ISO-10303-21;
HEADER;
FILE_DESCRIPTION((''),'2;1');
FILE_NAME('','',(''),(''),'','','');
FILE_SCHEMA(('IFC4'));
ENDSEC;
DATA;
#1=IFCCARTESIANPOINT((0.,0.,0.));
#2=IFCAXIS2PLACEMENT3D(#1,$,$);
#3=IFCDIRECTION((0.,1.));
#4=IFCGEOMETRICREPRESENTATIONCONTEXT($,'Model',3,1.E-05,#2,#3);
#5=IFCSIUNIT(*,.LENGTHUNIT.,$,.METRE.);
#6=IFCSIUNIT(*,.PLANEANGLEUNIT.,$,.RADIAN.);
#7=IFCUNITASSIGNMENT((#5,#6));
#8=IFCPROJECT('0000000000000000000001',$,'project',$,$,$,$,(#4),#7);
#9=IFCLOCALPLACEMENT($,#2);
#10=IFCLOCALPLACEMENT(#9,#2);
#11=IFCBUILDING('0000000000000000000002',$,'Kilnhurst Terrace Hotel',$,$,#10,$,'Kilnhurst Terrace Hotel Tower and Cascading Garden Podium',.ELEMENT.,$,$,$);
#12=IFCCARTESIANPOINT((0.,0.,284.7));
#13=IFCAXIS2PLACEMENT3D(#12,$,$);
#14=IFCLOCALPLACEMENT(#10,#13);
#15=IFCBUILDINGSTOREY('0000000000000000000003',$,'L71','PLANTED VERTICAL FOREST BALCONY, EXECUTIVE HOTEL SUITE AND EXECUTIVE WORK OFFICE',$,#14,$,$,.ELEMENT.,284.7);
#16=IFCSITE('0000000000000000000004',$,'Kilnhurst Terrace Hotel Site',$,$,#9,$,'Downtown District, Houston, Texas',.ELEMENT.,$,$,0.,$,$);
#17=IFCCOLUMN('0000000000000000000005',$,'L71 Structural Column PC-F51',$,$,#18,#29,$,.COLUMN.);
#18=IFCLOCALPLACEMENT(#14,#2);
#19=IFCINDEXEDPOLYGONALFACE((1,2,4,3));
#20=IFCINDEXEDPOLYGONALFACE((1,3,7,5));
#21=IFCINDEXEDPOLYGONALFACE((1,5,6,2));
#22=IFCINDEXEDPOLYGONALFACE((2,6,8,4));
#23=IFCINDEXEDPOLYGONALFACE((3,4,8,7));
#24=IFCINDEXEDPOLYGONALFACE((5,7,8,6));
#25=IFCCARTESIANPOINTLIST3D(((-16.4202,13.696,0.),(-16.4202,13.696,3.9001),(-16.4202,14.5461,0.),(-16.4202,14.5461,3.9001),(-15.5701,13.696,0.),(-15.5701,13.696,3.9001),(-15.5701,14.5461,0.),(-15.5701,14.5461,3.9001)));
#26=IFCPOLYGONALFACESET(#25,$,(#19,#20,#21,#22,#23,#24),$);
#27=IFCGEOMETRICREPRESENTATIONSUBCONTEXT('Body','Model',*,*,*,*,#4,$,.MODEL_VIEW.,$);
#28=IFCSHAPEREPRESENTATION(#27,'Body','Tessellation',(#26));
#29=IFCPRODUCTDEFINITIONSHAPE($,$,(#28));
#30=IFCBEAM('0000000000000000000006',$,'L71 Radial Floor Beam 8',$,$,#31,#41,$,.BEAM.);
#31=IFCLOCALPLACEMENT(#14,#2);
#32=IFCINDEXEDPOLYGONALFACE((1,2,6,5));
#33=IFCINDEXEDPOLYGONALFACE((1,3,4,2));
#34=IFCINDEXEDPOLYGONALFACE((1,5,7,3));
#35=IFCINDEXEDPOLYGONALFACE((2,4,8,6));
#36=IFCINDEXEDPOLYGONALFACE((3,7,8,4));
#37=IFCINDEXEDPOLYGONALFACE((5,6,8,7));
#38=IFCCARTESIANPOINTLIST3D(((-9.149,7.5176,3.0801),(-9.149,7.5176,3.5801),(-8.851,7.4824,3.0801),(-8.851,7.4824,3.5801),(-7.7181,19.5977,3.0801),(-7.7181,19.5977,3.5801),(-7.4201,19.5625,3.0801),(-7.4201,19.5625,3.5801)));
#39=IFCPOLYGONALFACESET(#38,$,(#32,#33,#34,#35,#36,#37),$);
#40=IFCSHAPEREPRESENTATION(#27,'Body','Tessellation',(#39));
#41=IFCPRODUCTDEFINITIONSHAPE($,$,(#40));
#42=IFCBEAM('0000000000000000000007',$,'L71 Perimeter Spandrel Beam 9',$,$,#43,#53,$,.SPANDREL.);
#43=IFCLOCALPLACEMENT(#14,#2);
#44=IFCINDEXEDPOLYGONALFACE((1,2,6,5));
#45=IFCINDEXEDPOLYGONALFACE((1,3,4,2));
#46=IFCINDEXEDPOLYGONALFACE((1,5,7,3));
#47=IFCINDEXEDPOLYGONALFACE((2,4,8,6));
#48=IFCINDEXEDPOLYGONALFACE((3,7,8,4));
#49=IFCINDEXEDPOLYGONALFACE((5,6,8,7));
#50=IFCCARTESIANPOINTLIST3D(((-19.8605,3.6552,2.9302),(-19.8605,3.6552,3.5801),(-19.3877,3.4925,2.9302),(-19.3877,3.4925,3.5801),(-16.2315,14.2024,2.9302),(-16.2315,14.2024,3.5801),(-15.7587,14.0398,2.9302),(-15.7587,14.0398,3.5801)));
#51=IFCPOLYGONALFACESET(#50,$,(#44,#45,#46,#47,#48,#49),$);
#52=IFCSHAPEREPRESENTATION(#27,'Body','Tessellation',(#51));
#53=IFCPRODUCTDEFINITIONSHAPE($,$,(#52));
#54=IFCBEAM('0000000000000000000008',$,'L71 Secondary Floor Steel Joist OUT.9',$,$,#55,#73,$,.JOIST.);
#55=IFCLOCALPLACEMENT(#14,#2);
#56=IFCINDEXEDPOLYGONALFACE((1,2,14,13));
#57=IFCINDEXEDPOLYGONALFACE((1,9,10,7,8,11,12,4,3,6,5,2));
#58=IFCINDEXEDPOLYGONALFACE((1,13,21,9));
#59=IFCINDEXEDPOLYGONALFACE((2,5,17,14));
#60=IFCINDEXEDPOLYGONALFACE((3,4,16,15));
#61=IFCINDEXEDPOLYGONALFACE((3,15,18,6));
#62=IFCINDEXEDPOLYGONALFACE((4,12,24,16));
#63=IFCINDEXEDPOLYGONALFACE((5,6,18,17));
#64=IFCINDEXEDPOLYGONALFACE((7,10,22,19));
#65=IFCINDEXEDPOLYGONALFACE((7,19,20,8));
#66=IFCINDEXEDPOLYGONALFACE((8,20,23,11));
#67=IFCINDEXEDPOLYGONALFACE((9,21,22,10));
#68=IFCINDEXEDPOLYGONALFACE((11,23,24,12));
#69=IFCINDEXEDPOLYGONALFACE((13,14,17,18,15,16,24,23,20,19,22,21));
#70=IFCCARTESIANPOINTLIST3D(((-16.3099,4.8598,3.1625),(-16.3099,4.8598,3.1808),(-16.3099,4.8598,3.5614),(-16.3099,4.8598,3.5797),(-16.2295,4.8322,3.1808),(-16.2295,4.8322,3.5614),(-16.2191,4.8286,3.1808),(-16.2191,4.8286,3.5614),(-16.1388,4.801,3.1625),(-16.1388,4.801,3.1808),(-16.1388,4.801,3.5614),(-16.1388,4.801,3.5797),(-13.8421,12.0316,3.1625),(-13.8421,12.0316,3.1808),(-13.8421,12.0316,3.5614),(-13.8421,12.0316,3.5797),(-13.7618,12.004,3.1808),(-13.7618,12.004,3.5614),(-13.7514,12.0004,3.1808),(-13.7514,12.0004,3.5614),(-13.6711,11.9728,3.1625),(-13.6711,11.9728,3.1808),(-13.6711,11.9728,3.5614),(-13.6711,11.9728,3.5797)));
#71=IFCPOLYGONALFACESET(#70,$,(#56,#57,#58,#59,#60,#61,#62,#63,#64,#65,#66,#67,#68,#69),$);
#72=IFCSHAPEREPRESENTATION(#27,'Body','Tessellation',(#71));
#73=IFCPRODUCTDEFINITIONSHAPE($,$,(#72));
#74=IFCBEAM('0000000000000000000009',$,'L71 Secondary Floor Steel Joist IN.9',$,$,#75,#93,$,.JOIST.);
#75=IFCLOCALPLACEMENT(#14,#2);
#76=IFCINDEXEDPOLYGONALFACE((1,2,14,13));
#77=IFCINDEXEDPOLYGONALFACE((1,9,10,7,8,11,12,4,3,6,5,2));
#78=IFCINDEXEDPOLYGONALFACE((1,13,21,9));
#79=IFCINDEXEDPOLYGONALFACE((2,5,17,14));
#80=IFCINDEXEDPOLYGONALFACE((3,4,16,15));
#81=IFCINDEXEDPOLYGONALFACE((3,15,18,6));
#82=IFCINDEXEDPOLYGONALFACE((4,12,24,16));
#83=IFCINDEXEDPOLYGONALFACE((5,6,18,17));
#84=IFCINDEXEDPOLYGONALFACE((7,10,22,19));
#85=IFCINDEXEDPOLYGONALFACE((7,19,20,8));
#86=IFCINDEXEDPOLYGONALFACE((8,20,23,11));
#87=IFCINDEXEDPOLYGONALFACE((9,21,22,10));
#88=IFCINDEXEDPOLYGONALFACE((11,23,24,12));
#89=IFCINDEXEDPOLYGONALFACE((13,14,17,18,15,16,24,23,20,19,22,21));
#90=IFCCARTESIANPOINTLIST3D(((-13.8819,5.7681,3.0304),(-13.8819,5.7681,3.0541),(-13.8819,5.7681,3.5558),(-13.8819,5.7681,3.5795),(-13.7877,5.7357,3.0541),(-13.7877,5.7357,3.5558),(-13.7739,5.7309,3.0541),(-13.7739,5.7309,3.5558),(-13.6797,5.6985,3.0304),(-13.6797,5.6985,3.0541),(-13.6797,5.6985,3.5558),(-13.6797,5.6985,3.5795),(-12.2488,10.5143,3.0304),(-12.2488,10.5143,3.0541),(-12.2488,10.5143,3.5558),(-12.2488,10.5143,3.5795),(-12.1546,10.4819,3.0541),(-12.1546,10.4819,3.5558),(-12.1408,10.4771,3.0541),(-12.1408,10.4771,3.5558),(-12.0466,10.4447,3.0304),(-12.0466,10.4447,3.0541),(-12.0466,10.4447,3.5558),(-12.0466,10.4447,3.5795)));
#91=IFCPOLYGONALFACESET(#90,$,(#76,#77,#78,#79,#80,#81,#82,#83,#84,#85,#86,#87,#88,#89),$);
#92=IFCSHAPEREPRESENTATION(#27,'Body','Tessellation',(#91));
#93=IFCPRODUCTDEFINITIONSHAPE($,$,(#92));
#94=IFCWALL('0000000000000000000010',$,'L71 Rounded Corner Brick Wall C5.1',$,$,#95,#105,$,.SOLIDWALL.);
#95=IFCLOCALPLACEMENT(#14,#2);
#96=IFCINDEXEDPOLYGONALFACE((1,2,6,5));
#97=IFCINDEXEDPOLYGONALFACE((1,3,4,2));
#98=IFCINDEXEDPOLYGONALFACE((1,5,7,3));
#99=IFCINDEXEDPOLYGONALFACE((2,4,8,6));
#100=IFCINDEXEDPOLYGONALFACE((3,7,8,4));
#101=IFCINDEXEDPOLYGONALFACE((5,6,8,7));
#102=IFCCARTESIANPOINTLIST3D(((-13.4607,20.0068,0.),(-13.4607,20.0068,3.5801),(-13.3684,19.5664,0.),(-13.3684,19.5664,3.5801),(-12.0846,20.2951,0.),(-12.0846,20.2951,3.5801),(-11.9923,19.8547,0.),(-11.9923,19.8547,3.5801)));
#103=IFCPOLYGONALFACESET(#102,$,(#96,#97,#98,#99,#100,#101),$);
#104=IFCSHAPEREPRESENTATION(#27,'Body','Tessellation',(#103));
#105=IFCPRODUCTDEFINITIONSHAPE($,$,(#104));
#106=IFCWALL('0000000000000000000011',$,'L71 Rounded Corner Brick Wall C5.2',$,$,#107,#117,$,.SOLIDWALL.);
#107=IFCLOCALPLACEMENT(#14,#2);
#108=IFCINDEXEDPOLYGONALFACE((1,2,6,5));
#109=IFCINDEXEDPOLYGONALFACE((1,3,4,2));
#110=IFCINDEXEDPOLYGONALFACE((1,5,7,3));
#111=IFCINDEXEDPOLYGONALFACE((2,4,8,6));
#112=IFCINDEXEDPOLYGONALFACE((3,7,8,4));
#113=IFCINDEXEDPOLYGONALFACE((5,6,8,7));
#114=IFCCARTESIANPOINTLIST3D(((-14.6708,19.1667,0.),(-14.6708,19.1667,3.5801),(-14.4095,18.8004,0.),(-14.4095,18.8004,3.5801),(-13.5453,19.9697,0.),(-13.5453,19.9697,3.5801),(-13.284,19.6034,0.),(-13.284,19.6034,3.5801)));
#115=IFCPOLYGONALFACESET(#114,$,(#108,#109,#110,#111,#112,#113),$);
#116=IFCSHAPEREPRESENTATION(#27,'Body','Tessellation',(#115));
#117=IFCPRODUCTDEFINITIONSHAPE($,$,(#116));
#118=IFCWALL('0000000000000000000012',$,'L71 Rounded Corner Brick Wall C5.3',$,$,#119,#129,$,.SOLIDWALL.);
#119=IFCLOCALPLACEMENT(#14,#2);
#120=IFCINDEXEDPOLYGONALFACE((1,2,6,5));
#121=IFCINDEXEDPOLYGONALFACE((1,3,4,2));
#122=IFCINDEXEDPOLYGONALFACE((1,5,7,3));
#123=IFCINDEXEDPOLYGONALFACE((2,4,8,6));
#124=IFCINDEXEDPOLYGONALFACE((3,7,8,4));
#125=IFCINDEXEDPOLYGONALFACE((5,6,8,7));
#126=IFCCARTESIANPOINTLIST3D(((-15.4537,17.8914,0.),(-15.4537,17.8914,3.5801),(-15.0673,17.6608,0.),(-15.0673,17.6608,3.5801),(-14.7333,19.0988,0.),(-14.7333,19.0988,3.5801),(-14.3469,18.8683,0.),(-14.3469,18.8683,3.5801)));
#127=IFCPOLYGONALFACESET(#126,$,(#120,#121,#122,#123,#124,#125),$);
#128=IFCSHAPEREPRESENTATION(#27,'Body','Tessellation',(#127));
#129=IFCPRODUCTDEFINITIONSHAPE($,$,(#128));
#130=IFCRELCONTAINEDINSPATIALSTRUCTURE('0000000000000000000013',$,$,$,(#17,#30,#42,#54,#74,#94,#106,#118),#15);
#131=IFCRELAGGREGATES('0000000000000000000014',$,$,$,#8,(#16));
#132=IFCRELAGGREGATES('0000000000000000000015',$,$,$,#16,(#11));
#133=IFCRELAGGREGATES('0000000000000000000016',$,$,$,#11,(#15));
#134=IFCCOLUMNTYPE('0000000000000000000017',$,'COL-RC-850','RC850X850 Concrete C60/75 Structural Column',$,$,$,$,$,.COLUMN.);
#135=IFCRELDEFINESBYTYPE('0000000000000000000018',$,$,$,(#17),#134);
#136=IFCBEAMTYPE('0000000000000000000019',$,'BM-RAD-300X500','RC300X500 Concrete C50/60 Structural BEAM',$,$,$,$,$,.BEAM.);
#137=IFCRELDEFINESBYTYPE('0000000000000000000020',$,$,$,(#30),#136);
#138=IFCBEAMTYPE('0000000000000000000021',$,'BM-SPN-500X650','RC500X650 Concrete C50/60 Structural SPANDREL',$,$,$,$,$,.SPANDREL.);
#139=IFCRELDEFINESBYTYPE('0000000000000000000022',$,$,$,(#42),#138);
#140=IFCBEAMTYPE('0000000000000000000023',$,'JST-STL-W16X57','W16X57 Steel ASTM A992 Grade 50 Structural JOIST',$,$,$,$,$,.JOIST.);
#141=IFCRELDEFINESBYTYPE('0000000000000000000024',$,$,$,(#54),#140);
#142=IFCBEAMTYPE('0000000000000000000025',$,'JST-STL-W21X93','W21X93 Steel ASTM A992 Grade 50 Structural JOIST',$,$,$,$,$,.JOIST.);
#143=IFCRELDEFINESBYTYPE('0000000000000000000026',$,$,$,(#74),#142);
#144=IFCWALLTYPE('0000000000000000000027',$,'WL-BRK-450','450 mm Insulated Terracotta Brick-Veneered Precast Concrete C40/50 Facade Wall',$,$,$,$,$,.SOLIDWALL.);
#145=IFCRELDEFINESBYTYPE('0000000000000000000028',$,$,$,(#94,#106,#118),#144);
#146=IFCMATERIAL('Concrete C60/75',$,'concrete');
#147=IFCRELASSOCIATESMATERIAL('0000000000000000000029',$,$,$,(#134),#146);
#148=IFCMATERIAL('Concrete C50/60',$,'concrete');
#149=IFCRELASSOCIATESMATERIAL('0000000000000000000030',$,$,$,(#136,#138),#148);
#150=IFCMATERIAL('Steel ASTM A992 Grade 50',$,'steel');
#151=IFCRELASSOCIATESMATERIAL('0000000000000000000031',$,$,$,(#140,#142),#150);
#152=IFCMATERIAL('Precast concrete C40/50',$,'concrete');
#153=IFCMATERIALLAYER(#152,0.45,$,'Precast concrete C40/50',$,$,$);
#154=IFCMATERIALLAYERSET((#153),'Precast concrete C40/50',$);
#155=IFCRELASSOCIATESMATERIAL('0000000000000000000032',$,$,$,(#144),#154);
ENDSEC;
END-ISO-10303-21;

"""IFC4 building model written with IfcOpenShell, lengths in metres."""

from ifc_helpers import new_model, si_unit, direction, frame, frame_2d, origin, origin_2d, place, context, subcontext, project, spatial, rectangle, i_section, extrude, material, layer, layer_set, material_profile, profile_set, type_object, element, save


model = new_model("IFC4")

# Units and contexts
model_context = context("Model", 3, precision=1e-05, world=origin(), true_north=direction((0.0, 1.0)))
body_context = subcontext(model_context, "Body", "Model", "MODEL_VIEW")
ifc_project = project(units=[si_unit("LENGTHUNIT", "METRE"), si_unit("PLANEANGLEUNIT", "RADIAN")], contexts=[model_context])

# Site, building, storey
site_placement = place(None, origin())
site = spatial("IfcSite", under=ifc_project, at=site_placement, Name="Kilnhurst Terrace Hotel Site", LongName="Downtown District, Houston, Texas", CompositionType="ELEMENT", RefElevation=0.0)
building_placement = place(site_placement, origin())
building = spatial("IfcBuilding", under=site, at=building_placement, Name="Kilnhurst Terrace Hotel", LongName="Kilnhurst Terrace Hotel Tower and Cascading Garden Podium", CompositionType="ELEMENT")
storey_placement = place(building_placement, frame((0.0, 0.0, 284.7)))
storey = spatial("IfcBuildingStorey", under=building, at=storey_placement, Name="L71", Description="PLANTED VERTICAL FOREST BALCONY, EXECUTIVE HOTEL SUITE AND EXECUTIVE WORK OFFICE", CompositionType="ELEMENT", Elevation=284.7)

# Column
ifc_material_1 = material(Name="Concrete C60/75", Category="concrete")
ifc_material_profile_1 = material_profile(ifc_material_1, rectangle(XDim=0.8501, YDim=0.8501, at=origin_2d()), Name="RC850X850")
ifc_profile_set_1 = profile_set([ifc_material_profile_1], Name="Concrete C60/75")
column_type = type_object("IfcColumnType", Name="COL-RC-850", Description="RC850X850 Concrete C60/75 Structural Column", PredefinedType="COLUMN", material=ifc_profile_set_1)
column_placement = place(storey_placement, frame((-15.9951, 14.1211, 0.0), z_axis=(0.0, 0.0, 1.0), x_axis=(1.0, 0.0, 0.0)))
element("IfcColumn", 1, at=column_placement, inside=storey, type_object=column_type, Name="L71 Structural Column PC-F51", PredefinedType="COLUMN", context=body_context, shape_type="SweptSolid", body=[
    extrude(rectangle(XDim=0.8501, YDim=0.8501, at=origin_2d()), origin(), (0.0, 0.0, 1.0), 3.9001),
])

# Beams
ifc_material_2 = material(Name="Concrete C50/60", Category="concrete")
ifc_material_profile_2 = material_profile(ifc_material_2, rectangle(XDim=0.3, YDim=0.5, at=origin_2d()), Name="RC300X500")
ifc_profile_set_2 = profile_set([ifc_material_profile_2], Name="Concrete C50/60")
beam_type_1 = type_object("IfcBeamType", Name="BM-RAD-300X500", Description="RC300X500 Concrete C50/60 Structural BEAM", PredefinedType="BEAM", material=ifc_profile_set_2)
beam_1_placement = place(storey_placement, frame((-9.0, 7.5, 3.3301), z_axis=(0.11763, 0.993058, 0.0), x_axis=(-0.993058, 0.11763, 0.0)))
element("IfcBeam", 2, at=beam_1_placement, inside=storey, type_object=beam_type_1, Name="L71 Radial Floor Beam 8", PredefinedType="BEAM", context=body_context, shape_type="SweptSolid", body=[
    extrude(rectangle(XDim=0.3, YDim=0.5, at=origin_2d()), origin(), (0.0, 0.0, 1.0), 12.1646),
])
ifc_material_profile_3 = material_profile(ifc_material_2, rectangle(XDim=0.5, YDim=0.6499, at=origin_2d()), Name="RC500X650")
ifc_profile_set_3 = profile_set([ifc_material_profile_3], Name="Concrete C50/60")
beam_type_2 = type_object("IfcBeamType", Name="BM-SPN-500X650", Description="RC500X650 Concrete C50/60 Structural SPANDREL", PredefinedType="SPANDREL", material=ifc_profile_set_3)
beam_2_placement = place(storey_placement, frame((-15.9951, 14.1211, 3.2551), z_axis=(-0.325347, -0.945595, 0.0), x_axis=(0.945595, -0.325347, 0.0)))
element("IfcBeam", 3, at=beam_2_placement, inside=storey, type_object=beam_type_2, Name="L71 Perimeter Spandrel Beam 9", PredefinedType="SPANDREL", context=body_context, shape_type="SweptSolid", body=[
    extrude(rectangle(XDim=0.5, YDim=0.6499, at=origin_2d()), origin(), (0.0, 0.0, 1.0), 11.1541),
])
ifc_material_3 = material(Name="Steel ASTM A992 Grade 50", Category="steel")
ifc_material_profile_4 = material_profile(ifc_material_3, i_section(OverallWidth=0.1809, OverallDepth=0.4172, WebThickness=0.011, FlangeThickness=0.0183, at=origin_2d()), Name="W16X57")
ifc_profile_set_4 = profile_set([ifc_material_profile_4], Name="Steel ASTM A992 Grade 50")
beam_type_3 = type_object("IfcBeamType", Name="JST-STL-W16X57", Description="W16X57 Steel ASTM A992 Grade 50 Structural JOIST", PredefinedType="JOIST", material=ifc_profile_set_4)
beam_3_placement = place(storey_placement, frame((-13.7566, 12.0022, 3.3711), z_axis=(-0.325368, -0.945588, 0.0), x_axis=(0.945588, -0.325368, 0.0)))
element("IfcBeam", 4, at=beam_3_placement, inside=storey, type_object=beam_type_3, Name="L71 Secondary Floor Steel Joist OUT.9", PredefinedType="JOIST", context=body_context, shape_type="SweptSolid", body=[
    extrude(i_section(OverallWidth=0.1809, OverallDepth=0.4172, WebThickness=0.011, FlangeThickness=0.0183, at=origin_2d()), origin(), (0.0, 0.0, 1.0), 7.5845),
])
ifc_material_profile_5 = material_profile(ifc_material_3, i_section(OverallWidth=0.2139, OverallDepth=0.5491, WebThickness=0.0146, FlangeThickness=0.0237, at=origin_2d()), Name="W21X93")
ifc_profile_set_5 = profile_set([ifc_material_profile_5], Name="Steel ASTM A992 Grade 50")
beam_type_4 = type_object("IfcBeamType", Name="JST-STL-W21X93", Description="W21X93 Steel ASTM A992 Grade 50 Structural JOIST", PredefinedType="JOIST", material=ifc_profile_set_5)
beam_4_placement = place(storey_placement, frame((-12.1477, 10.4795, 3.3049), z_axis=(-0.325363, -0.945589, 0.0), x_axis=(0.945589, -0.325363, 0.0)))
element("IfcBeam", 5, at=beam_4_placement, inside=storey, type_object=beam_type_4, Name="L71 Secondary Floor Steel Joist IN.9", PredefinedType="JOIST", context=body_context, shape_type="SweptSolid", body=[
    extrude(i_section(OverallWidth=0.2139, OverallDepth=0.5491, WebThickness=0.0146, FlangeThickness=0.0237, at=origin_2d()), origin(), (0.0, 0.0, 1.0), 5.0193),
])

# Walls
ifc_material_4 = material(Name="Precast concrete C40/50", Category="concrete")
ifc_layer_1 = layer(ifc_material_4, 0.45, Name="Precast concrete C40/50")
ifc_layer_set_1 = layer_set([ifc_layer_1], Name="Precast concrete C40/50")
wall_type_1 = type_object("IfcWallType", Name="WL-BRK-450", Description="450 mm Insulated Terracotta Brick-Veneered Precast Concrete C40/50 Facade Wall", PredefinedType="SOLIDWALL", material=ifc_layer_set_1)
wall_1_placement = place(storey_placement, frame((-12.0383, 20.075, 0.0), z_axis=(0.0, 0.0, 1.0), x_axis=(-0.97875, -0.205057, 0.0)))
element("IfcWall", 6, at=wall_1_placement, inside=storey, type_object=wall_type_1, Name="L71 Rounded Corner Brick Wall C5.1", PredefinedType="SOLIDWALL", context=body_context, shape_type="SweptSolid", body=[
    extrude(rectangle(XDim=1.406, YDim=0.45, at=frame_2d((0.7031, 0.0))), origin(), (0.0, 0.0, 1.0), 3.5801),
])
wall_2_placement = place(storey_placement, frame((-13.4146, 19.7866, 0.0), z_axis=(0.0, 0.0, 1.0), x_axis=(-0.814055, -0.580787, 0.0)))
element("IfcWall", 7, at=wall_2_placement, inside=storey, type_object=wall_type_1, Name="L71 Rounded Corner Brick Wall C5.2", PredefinedType="SOLIDWALL", context=body_context, shape_type="SweptSolid", body=[
    extrude(rectangle(XDim=1.3826, YDim=0.45, at=frame_2d((0.6914, 0.0))), origin(), (0.0, 0.0, 1.0), 3.5801),
])
wall_3_placement = place(storey_placement, frame((-14.54, 18.9836, 0.0), z_axis=(0.0, 0.0, 1.0), x_axis=(-0.512375, -0.858762, 0.0)))
element("IfcWall", 8, at=wall_3_placement, inside=storey, type_object=wall_type_1, Name="L71 Rounded Corner Brick Wall C5.3", PredefinedType="SOLIDWALL", context=body_context, shape_type="SweptSolid", body=[
    extrude(rectangle(XDim=1.406, YDim=0.45, at=frame_2d((0.7031, 0.0))), origin(), (0.0, 0.0, 1.0), 3.5801),
])

save(model, "model.ifc")
